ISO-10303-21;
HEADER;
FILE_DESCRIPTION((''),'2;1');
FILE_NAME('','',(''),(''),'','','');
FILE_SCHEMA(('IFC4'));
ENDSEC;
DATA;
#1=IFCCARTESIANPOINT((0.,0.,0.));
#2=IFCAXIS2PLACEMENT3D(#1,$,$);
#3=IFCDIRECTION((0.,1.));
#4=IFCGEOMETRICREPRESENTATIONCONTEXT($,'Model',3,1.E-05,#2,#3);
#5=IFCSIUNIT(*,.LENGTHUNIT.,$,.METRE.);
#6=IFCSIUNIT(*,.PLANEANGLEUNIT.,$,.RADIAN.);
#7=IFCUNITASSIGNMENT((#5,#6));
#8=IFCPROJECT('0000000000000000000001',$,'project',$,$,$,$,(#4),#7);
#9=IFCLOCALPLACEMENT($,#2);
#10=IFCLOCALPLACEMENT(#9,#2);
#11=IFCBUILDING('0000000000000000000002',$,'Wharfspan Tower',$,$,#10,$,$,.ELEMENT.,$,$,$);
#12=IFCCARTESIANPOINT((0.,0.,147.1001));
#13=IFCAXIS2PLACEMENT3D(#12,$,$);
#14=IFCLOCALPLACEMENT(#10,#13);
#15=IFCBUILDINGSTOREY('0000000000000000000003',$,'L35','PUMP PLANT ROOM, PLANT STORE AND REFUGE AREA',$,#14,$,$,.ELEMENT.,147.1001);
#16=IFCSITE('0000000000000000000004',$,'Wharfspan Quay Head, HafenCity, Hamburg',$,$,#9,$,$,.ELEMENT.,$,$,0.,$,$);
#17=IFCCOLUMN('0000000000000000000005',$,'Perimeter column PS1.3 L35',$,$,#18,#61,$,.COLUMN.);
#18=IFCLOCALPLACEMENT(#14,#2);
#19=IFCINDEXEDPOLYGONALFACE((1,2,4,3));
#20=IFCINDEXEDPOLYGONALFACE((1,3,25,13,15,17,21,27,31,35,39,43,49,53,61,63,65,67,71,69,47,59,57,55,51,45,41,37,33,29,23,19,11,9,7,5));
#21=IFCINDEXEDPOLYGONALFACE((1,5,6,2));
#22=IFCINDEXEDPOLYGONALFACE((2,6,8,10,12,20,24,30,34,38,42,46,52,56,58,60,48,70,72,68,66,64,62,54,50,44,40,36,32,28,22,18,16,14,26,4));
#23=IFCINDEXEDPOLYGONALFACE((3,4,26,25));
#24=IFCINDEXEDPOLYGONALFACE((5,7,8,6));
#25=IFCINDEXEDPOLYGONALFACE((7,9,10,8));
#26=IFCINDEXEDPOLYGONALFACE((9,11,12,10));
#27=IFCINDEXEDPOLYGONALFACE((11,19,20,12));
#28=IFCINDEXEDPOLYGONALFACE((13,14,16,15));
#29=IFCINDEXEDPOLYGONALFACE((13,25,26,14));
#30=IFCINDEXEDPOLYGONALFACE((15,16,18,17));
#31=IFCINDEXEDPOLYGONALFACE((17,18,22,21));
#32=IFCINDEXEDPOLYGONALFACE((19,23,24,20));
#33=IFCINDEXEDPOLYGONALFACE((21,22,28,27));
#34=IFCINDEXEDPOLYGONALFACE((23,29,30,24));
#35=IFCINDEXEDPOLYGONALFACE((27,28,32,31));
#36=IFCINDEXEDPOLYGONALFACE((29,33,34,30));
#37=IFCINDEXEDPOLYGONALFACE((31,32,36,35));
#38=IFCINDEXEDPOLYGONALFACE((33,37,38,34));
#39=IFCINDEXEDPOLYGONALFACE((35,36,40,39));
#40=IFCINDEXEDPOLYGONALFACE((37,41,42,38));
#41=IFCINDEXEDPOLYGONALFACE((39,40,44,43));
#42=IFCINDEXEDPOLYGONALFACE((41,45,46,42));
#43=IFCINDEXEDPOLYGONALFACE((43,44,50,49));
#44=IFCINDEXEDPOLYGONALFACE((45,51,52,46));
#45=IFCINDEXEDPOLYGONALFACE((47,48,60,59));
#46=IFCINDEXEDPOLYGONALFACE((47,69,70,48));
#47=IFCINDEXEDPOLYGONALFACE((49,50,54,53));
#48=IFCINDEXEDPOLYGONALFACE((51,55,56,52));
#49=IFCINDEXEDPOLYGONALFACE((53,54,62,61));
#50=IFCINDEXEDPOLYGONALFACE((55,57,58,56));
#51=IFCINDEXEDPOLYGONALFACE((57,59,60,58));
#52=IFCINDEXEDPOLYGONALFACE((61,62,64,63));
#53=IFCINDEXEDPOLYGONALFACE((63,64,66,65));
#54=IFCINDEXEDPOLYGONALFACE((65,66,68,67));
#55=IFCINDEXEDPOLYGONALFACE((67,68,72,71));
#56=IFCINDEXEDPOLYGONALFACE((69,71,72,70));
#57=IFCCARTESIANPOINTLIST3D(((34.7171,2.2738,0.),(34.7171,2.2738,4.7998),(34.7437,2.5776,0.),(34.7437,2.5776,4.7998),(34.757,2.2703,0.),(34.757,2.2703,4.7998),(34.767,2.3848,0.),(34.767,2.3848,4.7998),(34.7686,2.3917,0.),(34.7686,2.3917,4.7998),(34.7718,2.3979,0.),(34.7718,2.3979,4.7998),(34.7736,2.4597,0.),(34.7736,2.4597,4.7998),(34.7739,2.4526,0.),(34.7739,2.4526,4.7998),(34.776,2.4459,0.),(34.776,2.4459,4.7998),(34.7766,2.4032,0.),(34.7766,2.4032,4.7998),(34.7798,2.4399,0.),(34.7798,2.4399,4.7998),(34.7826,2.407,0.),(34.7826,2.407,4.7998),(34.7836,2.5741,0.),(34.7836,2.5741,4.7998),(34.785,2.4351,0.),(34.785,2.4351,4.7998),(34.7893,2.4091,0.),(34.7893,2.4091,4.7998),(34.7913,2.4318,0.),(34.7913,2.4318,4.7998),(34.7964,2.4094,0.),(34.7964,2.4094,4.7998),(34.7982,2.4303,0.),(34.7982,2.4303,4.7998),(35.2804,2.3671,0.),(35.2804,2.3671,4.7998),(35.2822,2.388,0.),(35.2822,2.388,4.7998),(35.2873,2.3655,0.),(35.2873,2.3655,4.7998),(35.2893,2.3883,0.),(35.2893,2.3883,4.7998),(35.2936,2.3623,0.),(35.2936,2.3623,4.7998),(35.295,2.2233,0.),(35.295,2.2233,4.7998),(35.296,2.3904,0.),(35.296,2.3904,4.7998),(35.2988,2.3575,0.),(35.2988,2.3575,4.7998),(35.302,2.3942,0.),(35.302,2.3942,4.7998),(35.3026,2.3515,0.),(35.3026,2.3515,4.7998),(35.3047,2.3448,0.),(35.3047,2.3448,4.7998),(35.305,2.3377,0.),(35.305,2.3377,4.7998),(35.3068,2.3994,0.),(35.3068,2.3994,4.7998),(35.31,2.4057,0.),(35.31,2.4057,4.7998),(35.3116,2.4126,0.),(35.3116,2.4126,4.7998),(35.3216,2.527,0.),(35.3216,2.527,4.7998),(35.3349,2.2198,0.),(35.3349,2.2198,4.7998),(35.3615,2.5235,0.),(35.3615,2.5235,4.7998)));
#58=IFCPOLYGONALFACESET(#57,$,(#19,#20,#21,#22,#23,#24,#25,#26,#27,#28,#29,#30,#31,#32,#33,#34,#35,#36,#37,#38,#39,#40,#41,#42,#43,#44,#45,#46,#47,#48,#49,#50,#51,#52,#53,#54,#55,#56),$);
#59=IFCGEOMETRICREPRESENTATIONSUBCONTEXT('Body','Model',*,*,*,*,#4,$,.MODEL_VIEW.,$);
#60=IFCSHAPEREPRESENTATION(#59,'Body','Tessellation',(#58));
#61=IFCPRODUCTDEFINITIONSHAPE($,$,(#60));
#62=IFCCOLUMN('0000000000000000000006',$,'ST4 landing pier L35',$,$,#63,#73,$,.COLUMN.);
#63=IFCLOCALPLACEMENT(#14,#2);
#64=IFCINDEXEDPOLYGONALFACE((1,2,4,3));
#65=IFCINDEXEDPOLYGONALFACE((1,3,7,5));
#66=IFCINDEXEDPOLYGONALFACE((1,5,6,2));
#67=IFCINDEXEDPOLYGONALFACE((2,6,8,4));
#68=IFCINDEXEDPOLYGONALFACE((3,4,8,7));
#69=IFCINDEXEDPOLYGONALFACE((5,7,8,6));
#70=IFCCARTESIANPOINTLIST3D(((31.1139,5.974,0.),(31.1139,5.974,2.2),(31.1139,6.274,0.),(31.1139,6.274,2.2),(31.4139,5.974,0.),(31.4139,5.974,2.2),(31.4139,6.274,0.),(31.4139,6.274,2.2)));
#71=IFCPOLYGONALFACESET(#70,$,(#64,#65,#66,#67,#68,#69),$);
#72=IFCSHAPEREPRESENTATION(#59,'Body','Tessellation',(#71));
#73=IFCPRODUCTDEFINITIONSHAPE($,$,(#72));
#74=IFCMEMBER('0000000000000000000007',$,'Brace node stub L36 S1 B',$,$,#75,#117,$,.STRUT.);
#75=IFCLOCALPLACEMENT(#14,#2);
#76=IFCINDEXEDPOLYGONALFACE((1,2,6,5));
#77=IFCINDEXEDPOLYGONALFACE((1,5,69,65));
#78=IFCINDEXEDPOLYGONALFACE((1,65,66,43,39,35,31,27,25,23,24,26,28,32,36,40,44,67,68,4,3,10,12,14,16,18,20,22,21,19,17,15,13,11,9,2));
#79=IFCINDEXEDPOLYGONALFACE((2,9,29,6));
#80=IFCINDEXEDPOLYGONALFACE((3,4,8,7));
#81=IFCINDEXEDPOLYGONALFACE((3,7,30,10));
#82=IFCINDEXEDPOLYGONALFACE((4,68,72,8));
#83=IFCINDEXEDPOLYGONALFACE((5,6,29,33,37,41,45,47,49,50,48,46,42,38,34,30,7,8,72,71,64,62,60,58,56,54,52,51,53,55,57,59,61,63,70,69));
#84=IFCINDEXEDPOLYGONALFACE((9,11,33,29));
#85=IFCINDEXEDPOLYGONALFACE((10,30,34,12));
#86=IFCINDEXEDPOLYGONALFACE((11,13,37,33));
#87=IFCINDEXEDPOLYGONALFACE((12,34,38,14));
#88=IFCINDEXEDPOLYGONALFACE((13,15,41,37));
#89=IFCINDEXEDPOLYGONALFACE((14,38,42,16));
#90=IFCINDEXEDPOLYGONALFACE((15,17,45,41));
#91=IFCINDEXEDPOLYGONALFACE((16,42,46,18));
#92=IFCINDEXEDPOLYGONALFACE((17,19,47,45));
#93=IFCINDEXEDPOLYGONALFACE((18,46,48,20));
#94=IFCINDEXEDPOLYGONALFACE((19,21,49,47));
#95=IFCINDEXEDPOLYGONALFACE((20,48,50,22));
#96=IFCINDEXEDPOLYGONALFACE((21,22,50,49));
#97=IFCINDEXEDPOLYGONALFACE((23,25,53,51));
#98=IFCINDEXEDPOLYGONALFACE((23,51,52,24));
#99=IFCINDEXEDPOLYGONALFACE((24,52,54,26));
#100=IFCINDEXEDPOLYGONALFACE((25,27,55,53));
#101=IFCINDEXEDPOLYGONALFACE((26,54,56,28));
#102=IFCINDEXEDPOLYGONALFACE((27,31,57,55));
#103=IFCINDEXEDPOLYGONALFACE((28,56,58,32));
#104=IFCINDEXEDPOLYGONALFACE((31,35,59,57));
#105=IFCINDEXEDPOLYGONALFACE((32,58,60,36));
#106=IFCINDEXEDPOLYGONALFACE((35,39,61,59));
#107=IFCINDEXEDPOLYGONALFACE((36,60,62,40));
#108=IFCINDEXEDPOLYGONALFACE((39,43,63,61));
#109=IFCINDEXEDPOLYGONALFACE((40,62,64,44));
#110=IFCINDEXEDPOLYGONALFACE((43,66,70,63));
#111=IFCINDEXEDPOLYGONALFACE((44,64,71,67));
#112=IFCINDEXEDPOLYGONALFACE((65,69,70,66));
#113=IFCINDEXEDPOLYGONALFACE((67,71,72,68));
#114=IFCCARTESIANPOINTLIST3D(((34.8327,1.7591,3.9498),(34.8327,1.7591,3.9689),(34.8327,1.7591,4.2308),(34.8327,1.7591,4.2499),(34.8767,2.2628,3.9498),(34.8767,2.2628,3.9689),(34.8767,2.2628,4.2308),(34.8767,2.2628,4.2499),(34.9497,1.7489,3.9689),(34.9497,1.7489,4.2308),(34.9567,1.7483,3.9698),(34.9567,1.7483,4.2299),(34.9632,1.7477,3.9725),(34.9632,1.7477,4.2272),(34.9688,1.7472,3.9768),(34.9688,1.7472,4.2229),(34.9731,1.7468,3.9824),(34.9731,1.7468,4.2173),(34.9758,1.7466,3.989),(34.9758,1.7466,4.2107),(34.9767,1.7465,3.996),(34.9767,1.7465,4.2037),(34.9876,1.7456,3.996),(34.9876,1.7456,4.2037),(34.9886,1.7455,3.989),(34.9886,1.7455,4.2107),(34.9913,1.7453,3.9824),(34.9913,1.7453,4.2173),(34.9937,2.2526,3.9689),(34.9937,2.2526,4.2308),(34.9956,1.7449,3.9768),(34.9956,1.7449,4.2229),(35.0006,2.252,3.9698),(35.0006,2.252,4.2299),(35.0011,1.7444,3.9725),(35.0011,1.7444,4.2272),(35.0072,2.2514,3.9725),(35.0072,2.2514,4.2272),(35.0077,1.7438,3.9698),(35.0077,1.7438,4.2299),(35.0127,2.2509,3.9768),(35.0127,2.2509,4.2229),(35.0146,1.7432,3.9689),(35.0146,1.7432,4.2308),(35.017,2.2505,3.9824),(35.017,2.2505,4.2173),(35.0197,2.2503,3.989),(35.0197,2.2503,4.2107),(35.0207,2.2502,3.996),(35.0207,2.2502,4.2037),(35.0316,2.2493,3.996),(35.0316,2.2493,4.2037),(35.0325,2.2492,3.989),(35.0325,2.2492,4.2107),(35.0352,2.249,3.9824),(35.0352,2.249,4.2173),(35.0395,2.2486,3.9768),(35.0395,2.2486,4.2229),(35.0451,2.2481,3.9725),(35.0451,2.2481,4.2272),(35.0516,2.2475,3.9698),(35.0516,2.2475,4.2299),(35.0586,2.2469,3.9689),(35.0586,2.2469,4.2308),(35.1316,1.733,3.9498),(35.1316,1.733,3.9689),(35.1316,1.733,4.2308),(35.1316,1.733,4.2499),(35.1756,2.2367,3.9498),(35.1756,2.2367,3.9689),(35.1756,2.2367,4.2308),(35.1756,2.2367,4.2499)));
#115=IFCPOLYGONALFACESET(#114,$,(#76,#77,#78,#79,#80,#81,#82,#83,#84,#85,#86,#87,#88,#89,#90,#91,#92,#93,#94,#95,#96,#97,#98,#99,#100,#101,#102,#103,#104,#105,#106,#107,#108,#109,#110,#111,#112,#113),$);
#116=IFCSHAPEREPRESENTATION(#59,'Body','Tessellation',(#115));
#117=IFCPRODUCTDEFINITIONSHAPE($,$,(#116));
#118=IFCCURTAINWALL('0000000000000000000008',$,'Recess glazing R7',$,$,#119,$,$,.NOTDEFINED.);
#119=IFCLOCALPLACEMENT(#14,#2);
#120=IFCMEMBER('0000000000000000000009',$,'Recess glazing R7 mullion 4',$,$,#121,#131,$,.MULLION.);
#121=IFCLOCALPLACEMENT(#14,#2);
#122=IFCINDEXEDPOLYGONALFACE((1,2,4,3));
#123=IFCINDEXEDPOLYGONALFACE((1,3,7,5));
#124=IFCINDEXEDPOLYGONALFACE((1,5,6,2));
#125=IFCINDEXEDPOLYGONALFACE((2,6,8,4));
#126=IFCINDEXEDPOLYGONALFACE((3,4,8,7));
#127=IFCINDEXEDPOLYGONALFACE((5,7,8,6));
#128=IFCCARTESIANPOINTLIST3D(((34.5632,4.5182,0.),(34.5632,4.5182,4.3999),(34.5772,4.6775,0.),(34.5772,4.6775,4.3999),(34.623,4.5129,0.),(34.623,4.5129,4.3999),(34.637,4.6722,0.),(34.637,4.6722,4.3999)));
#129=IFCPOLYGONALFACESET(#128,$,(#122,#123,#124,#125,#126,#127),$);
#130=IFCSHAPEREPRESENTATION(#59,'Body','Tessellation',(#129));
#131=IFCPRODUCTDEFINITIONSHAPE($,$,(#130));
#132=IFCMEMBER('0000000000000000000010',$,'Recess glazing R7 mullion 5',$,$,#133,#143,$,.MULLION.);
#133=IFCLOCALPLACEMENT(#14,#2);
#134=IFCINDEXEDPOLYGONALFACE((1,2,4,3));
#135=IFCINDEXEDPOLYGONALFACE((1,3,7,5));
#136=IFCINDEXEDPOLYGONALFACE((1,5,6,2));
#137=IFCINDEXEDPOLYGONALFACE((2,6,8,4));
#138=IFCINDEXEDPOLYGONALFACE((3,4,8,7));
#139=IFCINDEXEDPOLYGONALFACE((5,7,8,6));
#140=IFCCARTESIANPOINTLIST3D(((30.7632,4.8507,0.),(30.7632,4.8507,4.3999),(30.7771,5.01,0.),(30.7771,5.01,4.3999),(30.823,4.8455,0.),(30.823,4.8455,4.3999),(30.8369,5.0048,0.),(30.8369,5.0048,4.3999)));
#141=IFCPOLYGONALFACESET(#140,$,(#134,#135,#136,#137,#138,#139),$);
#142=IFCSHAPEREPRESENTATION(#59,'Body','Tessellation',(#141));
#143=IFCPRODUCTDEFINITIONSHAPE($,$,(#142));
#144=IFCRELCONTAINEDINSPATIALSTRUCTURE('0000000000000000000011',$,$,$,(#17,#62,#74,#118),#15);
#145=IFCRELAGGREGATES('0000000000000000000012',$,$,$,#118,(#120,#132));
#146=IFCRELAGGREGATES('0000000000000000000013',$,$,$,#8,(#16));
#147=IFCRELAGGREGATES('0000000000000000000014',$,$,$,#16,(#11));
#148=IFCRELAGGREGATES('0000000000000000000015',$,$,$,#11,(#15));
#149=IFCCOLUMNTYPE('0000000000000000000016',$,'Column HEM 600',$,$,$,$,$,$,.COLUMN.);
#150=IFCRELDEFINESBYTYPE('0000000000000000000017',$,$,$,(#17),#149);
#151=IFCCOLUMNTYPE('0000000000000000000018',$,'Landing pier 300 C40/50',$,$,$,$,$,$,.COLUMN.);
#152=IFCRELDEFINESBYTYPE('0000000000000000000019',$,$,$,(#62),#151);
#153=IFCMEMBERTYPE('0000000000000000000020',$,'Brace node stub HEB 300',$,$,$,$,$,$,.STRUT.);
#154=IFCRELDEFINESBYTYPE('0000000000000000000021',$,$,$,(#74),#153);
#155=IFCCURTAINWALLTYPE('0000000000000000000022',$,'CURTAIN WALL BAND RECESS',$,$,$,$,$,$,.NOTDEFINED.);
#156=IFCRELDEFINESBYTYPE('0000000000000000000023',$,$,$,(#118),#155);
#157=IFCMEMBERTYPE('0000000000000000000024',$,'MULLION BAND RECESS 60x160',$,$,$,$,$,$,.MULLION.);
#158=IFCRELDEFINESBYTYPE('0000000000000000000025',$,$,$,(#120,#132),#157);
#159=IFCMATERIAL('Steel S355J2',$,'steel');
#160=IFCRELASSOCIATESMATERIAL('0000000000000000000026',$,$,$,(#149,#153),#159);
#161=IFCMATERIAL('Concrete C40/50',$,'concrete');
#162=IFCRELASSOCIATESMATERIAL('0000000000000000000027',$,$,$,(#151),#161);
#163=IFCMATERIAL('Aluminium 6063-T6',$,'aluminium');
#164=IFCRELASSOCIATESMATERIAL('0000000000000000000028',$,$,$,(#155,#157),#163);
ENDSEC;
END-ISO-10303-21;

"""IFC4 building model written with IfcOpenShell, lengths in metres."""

from ifc_helpers import new_model, si_unit, direction, frame, origin, origin_2d, place, context, subcontext, project, spatial, rectangle, i_section, extrude, material, material_profile, profile_set, type_object, element, aggregate, save


model = new_model("IFC4")

# Units and contexts
model_context = context("Model", 3, precision=1e-05, world=origin(), true_north=direction((0.0, 1.0)))
body_context = subcontext(model_context, "Body", "Model", "MODEL_VIEW")
ifc_project = project(units=[si_unit("LENGTHUNIT", "METRE"), si_unit("PLANEANGLEUNIT", "RADIAN")], contexts=[model_context])

# Site, building, storey
site_placement = place(None, origin())
site = spatial("IfcSite", under=ifc_project, at=site_placement, Name="Wharfspan Quay Head, HafenCity, Hamburg", CompositionType="ELEMENT", RefElevation=0.0)
building_placement = place(site_placement, origin())
building = spatial("IfcBuilding", under=site, at=building_placement, Name="Wharfspan Tower", CompositionType="ELEMENT")
storey_placement = place(building_placement, frame((0.0, 0.0, 147.1001)))
storey = spatial("IfcBuildingStorey", under=building, at=storey_placement, Name="L35", Description="PUMP PLANT ROOM, PLANT STORE AND REFUGE AREA", CompositionType="ELEMENT", Elevation=147.1001)

# Columns
ifc_material_1 = material(Name="Steel S355J2", Category="steel")
ifc_material_profile_1 = material_profile(ifc_material_1, i_section(OverallWidth=0.3049, OverallDepth=0.6201, WebThickness=0.021, FlangeThickness=0.04, FilletRadius=0.0271, at=origin_2d()))
ifc_profile_set_1 = profile_set([ifc_material_profile_1], Name="Steel S355J2")
column_type_1 = type_object("IfcColumnType", Name="Column HEM 600", PredefinedType="COLUMN", material=ifc_profile_set_1)
column_1_placement = place(storey_placement, frame((35.0393, 2.3987, 0.0), z_axis=(0.0, 0.0, 1.0), x_axis=(-0.087156, -0.996198, 0.0)))
element("IfcColumn", 1, at=column_1_placement, inside=storey, type_object=column_type_1, Name="Perimeter column PS1.3 L35", PredefinedType="COLUMN", context=body_context, shape_type="SweptSolid", body=[
    extrude(i_section(OverallWidth=0.3049, OverallDepth=0.6201, WebThickness=0.021, FlangeThickness=0.04, FilletRadius=0.0271, at=origin_2d()), origin(), (0.0, 0.0, 1.0), 4.7998),
])
ifc_material_2 = material(Name="Concrete C40/50", Category="concrete")
ifc_material_profile_2 = material_profile(ifc_material_2, rectangle(XDim=0.3, YDim=0.3, at=origin_2d()))
ifc_profile_set_2 = profile_set([ifc_material_profile_2], Name="Concrete C40/50")
column_type_2 = type_object("IfcColumnType", Name="Landing pier 300 C40/50", PredefinedType="COLUMN", material=ifc_profile_set_2)
column_2_placement = place(storey_placement, frame((31.2639, 6.124, 0.0), z_axis=(0.0, 0.0, 1.0), x_axis=(1.0, 0.0, 0.0)))
element("IfcColumn", 2, at=column_2_placement, inside=storey, type_object=column_type_2, Name="ST4 landing pier L35", PredefinedType="COLUMN", context=body_context, shape_type="SweptSolid", body=[
    extrude(rectangle(XDim=0.3, YDim=0.3, at=origin_2d()), origin(), (0.0, 0.0, 1.0), 2.2),
])

# Member
ifc_material_profile_3 = material_profile(ifc_material_1, i_section(OverallWidth=0.3, OverallDepth=0.3, WebThickness=0.011, FlangeThickness=0.019, FilletRadius=0.0271, at=origin_2d()))
ifc_profile_set_3 = profile_set([ifc_material_profile_3], Name="Steel S355J2")
member_type_1 = type_object("IfcMemberType", Name="Brace node stub HEB 300", PredefinedType="STRUT", material=ifc_profile_set_3)
member_1_placement = place(storey_placement, frame((35.0261, 2.2498, 4.0999), z_axis=(-0.086921, -0.996215, 0.0), x_axis=(0.996215, -0.086921, 0.0)))
element("IfcMember", 3, at=member_1_placement, inside=storey, type_object=member_type_1, Name="Brace node stub L36 S1 B", PredefinedType="STRUT", context=body_context, shape_type="SweptSolid", body=[
    extrude(i_section(OverallWidth=0.3, OverallDepth=0.3, WebThickness=0.011, FlangeThickness=0.019, FilletRadius=0.0271, at=origin_2d()), origin(), (0.0, 0.0, 1.0), 0.5056),
])

# Curtain wall, members
ifc_material_3 = material(Name="Aluminium 6063-T6", Category="aluminium")
curtain_wall_type = type_object("IfcCurtainWallType", Name="CURTAIN WALL BAND RECESS", PredefinedType="NOTDEFINED", material=ifc_material_3)
curtain_wall_placement = place(storey_placement, origin())
curtain_wall = element("IfcCurtainWall", 4, at=curtain_wall_placement, inside=storey, type_object=curtain_wall_type, Name="Recess glazing R7", PredefinedType="NOTDEFINED")
ifc_material_profile_4 = material_profile(ifc_material_3, rectangle(XDim=0.1599, YDim=0.0601, at=origin_2d()))
ifc_profile_set_4 = profile_set([ifc_material_profile_4], Name="Aluminium 6063-T6")
member_type_2 = type_object("IfcMemberType", Name="MULLION BAND RECESS 60x160", PredefinedType="MULLION", material=ifc_profile_set_4)
member_2_placement = place(storey_placement, frame((34.6001, 4.5952, 0.0), z_axis=(0.0, 0.0, 1.0), x_axis=(-0.087156, -0.996198, 0.0)))
member_2 = element("IfcMember", 5, at=member_2_placement, type_object=member_type_2, Name="Recess glazing R7 mullion 4", PredefinedType="MULLION", context=body_context, shape_type="SweptSolid", body=[
    extrude(rectangle(XDim=0.1599, YDim=0.0601, at=origin_2d()), origin(), (0.0, 0.0, 1.0), 4.3999),
])
member_3_placement = place(storey_placement, frame((30.8, 4.9277, 0.0), z_axis=(0.0, 0.0, 1.0), x_axis=(-0.087156, -0.996198, 0.0)))
member_3 = element("IfcMember", 6, at=member_3_placement, type_object=member_type_2, Name="Recess glazing R7 mullion 5", PredefinedType="MULLION", context=body_context, shape_type="SweptSolid", body=[
    extrude(rectangle(XDim=0.1599, YDim=0.0601, at=origin_2d()), origin(), (0.0, 0.0, 1.0), 4.3999),
])

aggregate(curtain_wall, [member_2, member_3])

save(model, "model.ifc")
